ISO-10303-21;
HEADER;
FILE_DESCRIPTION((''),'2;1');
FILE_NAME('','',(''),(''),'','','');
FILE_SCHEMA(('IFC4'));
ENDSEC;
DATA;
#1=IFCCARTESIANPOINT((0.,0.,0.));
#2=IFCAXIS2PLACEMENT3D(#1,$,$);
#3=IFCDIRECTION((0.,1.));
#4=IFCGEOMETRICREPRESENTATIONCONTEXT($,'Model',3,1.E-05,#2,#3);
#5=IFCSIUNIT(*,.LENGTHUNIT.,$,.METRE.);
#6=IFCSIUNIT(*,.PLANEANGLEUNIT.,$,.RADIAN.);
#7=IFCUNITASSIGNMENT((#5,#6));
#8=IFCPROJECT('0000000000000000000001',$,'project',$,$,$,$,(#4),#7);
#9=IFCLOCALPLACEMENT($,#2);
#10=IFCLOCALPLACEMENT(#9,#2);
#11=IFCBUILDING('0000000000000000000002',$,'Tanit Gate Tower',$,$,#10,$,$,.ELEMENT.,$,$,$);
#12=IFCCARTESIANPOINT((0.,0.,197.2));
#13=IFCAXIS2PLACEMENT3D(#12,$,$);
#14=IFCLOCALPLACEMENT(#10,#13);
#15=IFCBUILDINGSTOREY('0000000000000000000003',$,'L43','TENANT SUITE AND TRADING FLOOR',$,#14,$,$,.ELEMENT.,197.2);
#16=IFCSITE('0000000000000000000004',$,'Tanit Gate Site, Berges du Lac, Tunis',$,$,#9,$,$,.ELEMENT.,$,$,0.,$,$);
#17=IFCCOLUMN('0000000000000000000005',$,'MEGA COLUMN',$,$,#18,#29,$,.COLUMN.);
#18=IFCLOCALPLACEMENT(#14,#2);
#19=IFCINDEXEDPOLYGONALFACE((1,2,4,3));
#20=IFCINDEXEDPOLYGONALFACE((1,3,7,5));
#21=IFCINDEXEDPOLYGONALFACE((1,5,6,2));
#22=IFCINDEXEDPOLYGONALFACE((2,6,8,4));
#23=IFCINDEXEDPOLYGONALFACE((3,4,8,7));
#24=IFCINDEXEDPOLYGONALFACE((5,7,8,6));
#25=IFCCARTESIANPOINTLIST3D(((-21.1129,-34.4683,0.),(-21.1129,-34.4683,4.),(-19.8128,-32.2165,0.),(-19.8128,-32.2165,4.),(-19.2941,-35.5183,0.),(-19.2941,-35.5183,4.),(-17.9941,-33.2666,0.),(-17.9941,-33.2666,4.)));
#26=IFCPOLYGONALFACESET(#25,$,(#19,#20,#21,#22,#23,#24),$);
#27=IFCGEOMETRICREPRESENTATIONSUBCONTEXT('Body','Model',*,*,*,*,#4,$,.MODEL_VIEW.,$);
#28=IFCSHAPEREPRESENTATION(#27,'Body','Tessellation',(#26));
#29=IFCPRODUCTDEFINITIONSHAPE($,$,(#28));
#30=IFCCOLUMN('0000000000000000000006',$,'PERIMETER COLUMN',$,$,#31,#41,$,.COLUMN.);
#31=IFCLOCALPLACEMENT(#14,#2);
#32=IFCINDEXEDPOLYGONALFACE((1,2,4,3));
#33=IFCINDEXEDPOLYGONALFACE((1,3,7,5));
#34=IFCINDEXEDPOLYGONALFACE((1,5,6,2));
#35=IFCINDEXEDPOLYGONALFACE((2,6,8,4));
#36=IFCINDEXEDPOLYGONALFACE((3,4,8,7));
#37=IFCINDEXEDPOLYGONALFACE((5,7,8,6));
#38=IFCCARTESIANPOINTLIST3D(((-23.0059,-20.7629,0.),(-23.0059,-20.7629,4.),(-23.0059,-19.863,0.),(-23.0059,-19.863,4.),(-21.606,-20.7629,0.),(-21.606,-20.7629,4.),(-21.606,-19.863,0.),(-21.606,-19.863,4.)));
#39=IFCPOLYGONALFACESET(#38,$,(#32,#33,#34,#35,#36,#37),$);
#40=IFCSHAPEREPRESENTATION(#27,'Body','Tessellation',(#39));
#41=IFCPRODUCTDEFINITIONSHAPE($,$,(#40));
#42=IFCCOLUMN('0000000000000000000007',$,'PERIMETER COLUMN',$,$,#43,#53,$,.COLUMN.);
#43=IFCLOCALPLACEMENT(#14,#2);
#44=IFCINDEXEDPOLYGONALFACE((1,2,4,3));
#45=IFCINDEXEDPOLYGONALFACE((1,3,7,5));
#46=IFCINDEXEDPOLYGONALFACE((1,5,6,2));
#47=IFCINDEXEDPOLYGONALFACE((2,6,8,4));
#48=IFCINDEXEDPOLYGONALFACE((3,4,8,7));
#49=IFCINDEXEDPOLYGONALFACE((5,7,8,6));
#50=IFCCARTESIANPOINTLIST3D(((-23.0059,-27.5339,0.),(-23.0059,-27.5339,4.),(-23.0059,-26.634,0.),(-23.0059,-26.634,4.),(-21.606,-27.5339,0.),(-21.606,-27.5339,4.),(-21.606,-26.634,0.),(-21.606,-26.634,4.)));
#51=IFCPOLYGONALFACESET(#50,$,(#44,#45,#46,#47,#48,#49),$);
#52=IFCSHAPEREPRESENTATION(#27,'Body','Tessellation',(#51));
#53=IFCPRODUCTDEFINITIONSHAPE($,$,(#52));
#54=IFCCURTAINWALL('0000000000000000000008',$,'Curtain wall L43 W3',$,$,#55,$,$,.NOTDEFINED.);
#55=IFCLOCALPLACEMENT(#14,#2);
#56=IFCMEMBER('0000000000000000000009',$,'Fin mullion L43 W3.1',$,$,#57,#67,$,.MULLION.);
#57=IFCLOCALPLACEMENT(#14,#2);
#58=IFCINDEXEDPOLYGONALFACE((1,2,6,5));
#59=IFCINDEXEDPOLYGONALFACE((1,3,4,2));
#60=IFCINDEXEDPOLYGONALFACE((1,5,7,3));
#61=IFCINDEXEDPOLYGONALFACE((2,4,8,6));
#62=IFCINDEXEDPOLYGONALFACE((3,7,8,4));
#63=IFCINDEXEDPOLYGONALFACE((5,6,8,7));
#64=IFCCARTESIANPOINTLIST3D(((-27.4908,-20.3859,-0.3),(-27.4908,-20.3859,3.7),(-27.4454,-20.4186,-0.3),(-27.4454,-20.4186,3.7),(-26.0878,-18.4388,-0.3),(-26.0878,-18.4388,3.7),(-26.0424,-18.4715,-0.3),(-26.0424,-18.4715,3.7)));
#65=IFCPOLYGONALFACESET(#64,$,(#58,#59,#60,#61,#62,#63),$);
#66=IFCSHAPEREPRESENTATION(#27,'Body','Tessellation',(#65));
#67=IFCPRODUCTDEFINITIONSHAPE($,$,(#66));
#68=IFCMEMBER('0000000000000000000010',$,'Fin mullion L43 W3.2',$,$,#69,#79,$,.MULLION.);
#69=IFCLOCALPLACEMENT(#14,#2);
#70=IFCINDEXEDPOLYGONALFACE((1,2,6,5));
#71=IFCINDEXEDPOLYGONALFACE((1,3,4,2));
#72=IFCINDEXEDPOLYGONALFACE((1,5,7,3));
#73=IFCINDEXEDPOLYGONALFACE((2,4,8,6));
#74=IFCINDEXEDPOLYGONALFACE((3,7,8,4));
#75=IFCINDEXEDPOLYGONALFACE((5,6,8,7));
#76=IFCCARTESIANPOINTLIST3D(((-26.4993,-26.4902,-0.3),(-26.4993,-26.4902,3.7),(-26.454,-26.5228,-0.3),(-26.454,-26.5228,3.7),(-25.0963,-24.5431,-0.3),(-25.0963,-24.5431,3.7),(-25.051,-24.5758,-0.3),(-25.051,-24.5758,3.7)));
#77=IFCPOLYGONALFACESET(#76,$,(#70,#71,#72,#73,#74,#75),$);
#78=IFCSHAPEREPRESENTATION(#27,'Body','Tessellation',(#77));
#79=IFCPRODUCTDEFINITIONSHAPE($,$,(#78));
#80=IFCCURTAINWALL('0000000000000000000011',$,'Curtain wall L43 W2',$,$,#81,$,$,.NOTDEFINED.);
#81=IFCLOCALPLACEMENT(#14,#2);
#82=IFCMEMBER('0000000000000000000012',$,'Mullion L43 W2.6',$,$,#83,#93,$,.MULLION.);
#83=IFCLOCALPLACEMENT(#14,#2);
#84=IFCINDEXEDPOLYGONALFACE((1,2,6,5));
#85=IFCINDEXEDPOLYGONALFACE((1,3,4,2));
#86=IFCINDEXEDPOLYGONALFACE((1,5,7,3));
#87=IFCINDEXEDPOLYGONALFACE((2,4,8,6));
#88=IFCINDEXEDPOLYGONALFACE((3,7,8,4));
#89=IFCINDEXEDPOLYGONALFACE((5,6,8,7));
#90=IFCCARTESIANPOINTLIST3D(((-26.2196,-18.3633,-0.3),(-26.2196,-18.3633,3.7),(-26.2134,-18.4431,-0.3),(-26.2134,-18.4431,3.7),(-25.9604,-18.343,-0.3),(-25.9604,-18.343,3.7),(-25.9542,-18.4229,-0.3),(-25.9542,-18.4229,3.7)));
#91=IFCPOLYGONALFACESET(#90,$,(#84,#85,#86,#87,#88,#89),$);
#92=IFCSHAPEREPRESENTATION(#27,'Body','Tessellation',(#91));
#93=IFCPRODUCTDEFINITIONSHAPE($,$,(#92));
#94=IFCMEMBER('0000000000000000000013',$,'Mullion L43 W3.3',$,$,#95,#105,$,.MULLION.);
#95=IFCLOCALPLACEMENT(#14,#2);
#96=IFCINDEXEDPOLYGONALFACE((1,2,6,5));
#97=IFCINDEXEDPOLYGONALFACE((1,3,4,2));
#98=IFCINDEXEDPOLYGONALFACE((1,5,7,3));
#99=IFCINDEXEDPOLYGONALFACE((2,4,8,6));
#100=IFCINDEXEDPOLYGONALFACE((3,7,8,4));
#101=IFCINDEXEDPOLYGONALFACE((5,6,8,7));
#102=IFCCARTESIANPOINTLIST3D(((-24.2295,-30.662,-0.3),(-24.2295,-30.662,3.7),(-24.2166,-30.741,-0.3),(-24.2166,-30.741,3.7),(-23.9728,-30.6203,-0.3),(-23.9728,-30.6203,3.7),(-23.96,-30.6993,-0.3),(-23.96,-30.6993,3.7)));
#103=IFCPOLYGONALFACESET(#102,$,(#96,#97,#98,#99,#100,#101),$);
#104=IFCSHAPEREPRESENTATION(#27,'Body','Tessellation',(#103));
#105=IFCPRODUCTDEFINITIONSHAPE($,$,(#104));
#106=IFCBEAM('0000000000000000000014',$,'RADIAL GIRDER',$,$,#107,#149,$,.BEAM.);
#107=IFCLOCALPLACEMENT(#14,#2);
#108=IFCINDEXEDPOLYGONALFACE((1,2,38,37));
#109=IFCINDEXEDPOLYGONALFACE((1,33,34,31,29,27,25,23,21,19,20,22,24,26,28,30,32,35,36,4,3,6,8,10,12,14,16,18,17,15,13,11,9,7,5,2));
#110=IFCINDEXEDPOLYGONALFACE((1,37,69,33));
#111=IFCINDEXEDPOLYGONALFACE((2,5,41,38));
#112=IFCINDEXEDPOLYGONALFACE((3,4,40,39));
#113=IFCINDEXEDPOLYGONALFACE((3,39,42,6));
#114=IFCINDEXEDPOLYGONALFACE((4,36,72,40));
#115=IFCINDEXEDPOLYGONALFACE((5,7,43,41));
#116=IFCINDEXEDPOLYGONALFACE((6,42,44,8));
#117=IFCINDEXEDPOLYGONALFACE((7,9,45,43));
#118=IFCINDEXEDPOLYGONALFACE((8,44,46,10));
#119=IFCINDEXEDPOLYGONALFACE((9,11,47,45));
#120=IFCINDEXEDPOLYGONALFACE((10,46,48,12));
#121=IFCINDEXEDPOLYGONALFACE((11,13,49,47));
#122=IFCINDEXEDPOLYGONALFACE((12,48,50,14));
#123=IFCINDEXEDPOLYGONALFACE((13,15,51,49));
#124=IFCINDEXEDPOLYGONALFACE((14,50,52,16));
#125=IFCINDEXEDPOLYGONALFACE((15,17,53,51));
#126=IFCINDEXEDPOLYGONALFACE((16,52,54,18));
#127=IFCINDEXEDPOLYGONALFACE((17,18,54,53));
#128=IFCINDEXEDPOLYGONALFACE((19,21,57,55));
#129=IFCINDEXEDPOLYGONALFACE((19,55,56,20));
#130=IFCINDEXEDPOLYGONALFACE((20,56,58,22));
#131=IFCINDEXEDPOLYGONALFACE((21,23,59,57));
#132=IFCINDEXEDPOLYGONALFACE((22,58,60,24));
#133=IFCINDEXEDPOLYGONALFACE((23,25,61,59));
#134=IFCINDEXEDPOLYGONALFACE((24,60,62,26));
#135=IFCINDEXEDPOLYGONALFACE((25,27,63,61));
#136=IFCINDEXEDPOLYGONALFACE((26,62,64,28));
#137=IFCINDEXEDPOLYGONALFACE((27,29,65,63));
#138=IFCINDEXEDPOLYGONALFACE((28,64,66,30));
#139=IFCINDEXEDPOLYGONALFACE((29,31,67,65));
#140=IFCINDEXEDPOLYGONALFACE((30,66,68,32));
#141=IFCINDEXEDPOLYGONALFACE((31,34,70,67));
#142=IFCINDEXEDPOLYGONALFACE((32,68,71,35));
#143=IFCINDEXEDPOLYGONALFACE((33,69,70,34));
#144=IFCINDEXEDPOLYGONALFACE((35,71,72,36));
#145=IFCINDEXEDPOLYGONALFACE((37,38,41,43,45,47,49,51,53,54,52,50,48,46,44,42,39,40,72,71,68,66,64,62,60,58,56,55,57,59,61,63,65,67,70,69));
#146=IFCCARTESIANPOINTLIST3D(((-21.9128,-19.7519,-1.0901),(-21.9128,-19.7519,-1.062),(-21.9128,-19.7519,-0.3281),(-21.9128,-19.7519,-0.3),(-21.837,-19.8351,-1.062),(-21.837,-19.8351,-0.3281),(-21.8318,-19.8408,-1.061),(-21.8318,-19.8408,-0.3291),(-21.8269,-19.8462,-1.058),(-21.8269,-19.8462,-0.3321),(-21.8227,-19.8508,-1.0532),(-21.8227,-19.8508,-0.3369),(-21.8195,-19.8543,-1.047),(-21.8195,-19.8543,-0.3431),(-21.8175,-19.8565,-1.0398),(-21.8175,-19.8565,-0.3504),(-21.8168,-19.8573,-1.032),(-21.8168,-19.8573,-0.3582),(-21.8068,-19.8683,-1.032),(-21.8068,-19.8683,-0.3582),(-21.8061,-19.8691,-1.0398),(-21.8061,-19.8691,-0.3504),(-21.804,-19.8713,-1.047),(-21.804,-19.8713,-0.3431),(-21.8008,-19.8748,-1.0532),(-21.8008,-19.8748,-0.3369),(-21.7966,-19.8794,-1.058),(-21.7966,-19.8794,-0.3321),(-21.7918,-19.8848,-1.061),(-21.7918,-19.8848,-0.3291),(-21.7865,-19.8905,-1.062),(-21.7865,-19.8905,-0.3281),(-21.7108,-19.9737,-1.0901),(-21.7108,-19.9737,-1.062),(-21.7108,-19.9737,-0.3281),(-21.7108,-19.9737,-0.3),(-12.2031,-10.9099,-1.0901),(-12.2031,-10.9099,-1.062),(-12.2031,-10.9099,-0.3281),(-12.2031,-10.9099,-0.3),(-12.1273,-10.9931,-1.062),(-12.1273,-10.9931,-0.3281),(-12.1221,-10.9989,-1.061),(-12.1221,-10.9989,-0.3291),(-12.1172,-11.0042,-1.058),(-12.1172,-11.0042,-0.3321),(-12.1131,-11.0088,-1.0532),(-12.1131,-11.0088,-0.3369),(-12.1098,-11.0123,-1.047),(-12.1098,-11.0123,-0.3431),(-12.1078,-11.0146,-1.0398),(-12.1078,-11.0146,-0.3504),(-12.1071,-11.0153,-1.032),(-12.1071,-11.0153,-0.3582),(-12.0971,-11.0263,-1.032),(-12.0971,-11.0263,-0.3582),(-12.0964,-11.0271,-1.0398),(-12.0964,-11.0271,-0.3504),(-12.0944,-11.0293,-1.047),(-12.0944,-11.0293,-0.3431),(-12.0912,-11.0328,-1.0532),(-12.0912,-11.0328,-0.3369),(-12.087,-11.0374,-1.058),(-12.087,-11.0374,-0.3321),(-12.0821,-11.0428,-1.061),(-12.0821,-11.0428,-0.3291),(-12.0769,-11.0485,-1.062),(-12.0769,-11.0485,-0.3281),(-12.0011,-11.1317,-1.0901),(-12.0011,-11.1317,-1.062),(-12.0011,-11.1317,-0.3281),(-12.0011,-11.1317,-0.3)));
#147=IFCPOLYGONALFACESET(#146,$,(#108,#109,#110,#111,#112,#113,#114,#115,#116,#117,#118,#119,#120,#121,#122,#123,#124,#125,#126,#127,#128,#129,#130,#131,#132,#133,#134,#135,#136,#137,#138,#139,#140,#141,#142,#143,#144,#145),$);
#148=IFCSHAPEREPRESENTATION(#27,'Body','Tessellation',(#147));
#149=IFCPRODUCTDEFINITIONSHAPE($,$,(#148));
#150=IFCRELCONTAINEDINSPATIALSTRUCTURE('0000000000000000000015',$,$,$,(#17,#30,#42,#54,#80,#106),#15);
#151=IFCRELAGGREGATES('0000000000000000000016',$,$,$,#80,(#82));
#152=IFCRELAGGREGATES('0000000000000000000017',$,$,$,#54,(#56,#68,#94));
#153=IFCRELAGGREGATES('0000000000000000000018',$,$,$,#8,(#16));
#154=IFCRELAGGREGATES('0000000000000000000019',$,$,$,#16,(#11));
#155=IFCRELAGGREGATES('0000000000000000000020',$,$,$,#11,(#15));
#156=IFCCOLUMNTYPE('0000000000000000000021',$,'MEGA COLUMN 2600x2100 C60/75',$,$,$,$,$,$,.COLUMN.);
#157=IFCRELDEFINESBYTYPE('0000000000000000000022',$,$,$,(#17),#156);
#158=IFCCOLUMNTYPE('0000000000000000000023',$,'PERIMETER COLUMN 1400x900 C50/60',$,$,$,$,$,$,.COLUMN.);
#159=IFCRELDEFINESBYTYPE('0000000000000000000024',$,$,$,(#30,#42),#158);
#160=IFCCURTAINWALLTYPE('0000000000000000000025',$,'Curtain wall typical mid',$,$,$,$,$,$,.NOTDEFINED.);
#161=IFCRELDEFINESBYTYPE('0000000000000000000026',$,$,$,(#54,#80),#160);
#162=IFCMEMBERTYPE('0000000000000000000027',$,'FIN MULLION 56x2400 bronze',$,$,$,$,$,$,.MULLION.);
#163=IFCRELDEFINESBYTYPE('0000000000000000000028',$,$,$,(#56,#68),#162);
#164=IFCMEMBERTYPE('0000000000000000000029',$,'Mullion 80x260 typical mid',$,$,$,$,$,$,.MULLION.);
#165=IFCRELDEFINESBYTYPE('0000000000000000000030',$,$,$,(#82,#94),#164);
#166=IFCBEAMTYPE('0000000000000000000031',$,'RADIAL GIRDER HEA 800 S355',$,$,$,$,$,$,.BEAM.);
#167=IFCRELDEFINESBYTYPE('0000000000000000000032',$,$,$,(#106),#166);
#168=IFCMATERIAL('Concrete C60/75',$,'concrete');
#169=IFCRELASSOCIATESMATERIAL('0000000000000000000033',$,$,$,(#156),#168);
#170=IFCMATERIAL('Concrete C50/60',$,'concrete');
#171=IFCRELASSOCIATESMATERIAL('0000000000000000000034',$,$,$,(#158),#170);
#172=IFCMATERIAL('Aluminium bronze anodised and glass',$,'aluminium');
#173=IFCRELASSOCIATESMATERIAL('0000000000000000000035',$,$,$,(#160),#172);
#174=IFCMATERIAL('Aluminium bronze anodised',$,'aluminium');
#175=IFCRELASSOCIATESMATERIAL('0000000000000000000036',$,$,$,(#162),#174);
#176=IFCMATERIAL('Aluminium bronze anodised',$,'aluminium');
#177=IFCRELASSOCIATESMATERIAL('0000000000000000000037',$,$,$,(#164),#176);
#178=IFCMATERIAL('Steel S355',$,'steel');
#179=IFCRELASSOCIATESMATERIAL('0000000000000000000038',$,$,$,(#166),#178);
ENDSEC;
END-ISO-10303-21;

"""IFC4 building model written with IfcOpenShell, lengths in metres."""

from ifc_helpers import new_model, si_unit, direction, frame, origin, origin_2d, place, context, subcontext, project, spatial, rectangle, i_section, extrude, material, material_profile, profile_set, type_object, element, aggregate, save


model = new_model("IFC4")

# Units and contexts
model_context = context("Model", 3, precision=1e-05, world=origin(), true_north=direction((0.0, 1.0)))
body_context = subcontext(model_context, "Body", "Model", "MODEL_VIEW")
ifc_project = project(units=[si_unit("LENGTHUNIT", "METRE"), si_unit("PLANEANGLEUNIT", "RADIAN")], contexts=[model_context])

# Site, building, storey
site_placement = place(None, origin())
site = spatial("IfcSite", under=ifc_project, at=site_placement, Name="Tanit Gate Site, Berges du Lac, Tunis", CompositionType="ELEMENT", RefElevation=0.0)
building_placement = place(site_placement, origin())
building = spatial("IfcBuilding", under=site, at=building_placement, Name="Tanit Gate Tower", CompositionType="ELEMENT")
storey_placement = place(building_placement, frame((0.0, 0.0, 197.2)))
storey = spatial("IfcBuildingStorey", under=building, at=storey_placement, Name="L43", Description="TENANT SUITE AND TRADING FLOOR", CompositionType="ELEMENT", Elevation=197.2)

# Columns
ifc_material_1 = material(Name="Concrete C60/75", Category="concrete")
ifc_material_profile_1 = material_profile(ifc_material_1, rectangle(XDim=2.6001, YDim=2.1001, at=origin_2d()), Name="RC 2600x2100")
ifc_profile_set_1 = profile_set([ifc_material_profile_1], Name="Concrete C60/75")
column_type_1 = type_object("IfcColumnType", Name="MEGA COLUMN 2600x2100 C60/75", PredefinedType="COLUMN", material=ifc_profile_set_1)
column_placement = place(storey_placement, frame((-19.5535, -33.8674, 0.0), z_axis=(0.0, 0.0, 1.0), x_axis=(-0.5, -0.866025, 0.0)))
element("IfcColumn", 1, at=column_placement, inside=storey, type_object=column_type_1, Name="MEGA COLUMN", PredefinedType="COLUMN", context=body_context, shape_type="SweptSolid", body=[
    extrude(rectangle(XDim=2.6001, YDim=2.1001, at=origin_2d()), origin(), (0.0, 0.0, 1.0), 4.0),
])
ifc_material_2 = material(Name="Concrete C50/60", Category="concrete")
ifc_material_profile_2 = material_profile(ifc_material_2, rectangle(XDim=1.3999, YDim=0.8999, at=origin_2d()), Name="RC 1400x900")
ifc_profile_set_2 = profile_set([ifc_material_profile_2], Name="Concrete C50/60")
column_type_2 = type_object("IfcColumnType", Name="PERIMETER COLUMN 1400x900 C50/60", PredefinedType="COLUMN", material=ifc_profile_set_2)
for number, where, z_axis, x_axis, name in (
    (2, (-22.3059, -20.313, 0.0), (0.0, 0.0, 1.0), (-1.0, 0.0, 0.0), "PERIMETER COLUMN"),
    (3, (-22.3059, -27.084, 0.0), (0.0, 0.0, 1.0), (-1.0, 0.0, 0.0), "PERIMETER COLUMN"),
):
    element("IfcColumn", number, at=place(storey_placement, frame(where, z_axis=z_axis, x_axis=x_axis)), inside=storey, type_object=column_type_2, Name=name, PredefinedType="COLUMN", context=body_context, shape_type="SweptSolid", body=[
        extrude(rectangle(XDim=1.3999, YDim=0.8999, at=origin_2d()), origin(), (0.0, 0.0, 1.0), 4.0),
    ])

# Curtain wall, members
ifc_material_3 = material(Name="Aluminium bronze anodised and glass", Category="aluminium")
curtain_wall_type = type_object("IfcCurtainWallType", Name="Curtain wall typical mid", PredefinedType="NOTDEFINED", material=ifc_material_3)
curtain_wall_1_placement = place(storey_placement, origin())
curtain_wall_1 = element("IfcCurtainWall", 4, at=curtain_wall_1_placement, inside=storey, type_object=curtain_wall_type, Name="Curtain wall L43 W3", PredefinedType="NOTDEFINED")
ifc_material_4 = material(Name="Aluminium bronze anodised", Category="aluminium")
ifc_material_profile_3 = material_profile(ifc_material_4, rectangle(XDim=2.3999, YDim=0.0559, at=origin_2d()), Name="56x2400 bronze fin mullion")
ifc_profile_set_3 = profile_set([ifc_material_profile_3], Name="Aluminium bronze anodised")
member_type_1 = type_object("IfcMemberType", Name="FIN MULLION 56x2400 bronze", PredefinedType="MULLION", material=ifc_profile_set_3)
member_1_placement = place(storey_placement, frame((-26.7666, -19.4287, -0.3), z_axis=(0.0, 0.0, 1.0), x_axis=(0.584614, 0.811312, 0.0)))
member_1 = element("IfcMember", 5, at=member_1_placement, type_object=member_type_1, Name="Fin mullion L43 W3.1", PredefinedType="MULLION", context=body_context, shape_type="SweptSolid", body=[
    extrude(rectangle(XDim=2.3999, YDim=0.0559, at=origin_2d()), origin(), (0.0, 0.0, 1.0), 4.0),
])
member_2_placement = place(storey_placement, frame((-25.7751, -25.533, -0.3), z_axis=(0.0, 0.0, 1.0), x_axis=(0.584614, 0.811312, 0.0)))
member_2 = element("IfcMember", 6, at=member_2_placement, type_object=member_type_1, Name="Fin mullion L43 W3.2", PredefinedType="MULLION", context=body_context, shape_type="SweptSolid", body=[
    extrude(rectangle(XDim=2.3999, YDim=0.0559, at=origin_2d()), origin(), (0.0, 0.0, 1.0), 4.0),
])

# Curtain wall, member
curtain_wall_2_placement = place(storey_placement, origin())
curtain_wall_2 = element("IfcCurtainWall", 7, at=curtain_wall_2_placement, inside=storey, type_object=curtain_wall_type, Name="Curtain wall L43 W2", PredefinedType="NOTDEFINED")
ifc_material_5 = material(Name="Aluminium bronze anodised", Category="aluminium")
ifc_material_profile_4 = material_profile(ifc_material_5, rectangle(XDim=0.26, YDim=0.0801, at=origin_2d()), Name="80x260 bronze mullion")
ifc_profile_set_4 = profile_set([ifc_material_profile_4], Name="Aluminium bronze anodised")
member_type_2 = type_object("IfcMemberType", Name="Mullion 80x260 typical mid", PredefinedType="MULLION", material=ifc_profile_set_4)
member_3_placement = place(storey_placement, frame((-26.0869, -18.3931, -0.3), z_axis=(0.0, 0.0, 1.0), x_axis=(0.996966, 0.077839, 0.0)))
member_3 = element("IfcMember", 8, at=member_3_placement, type_object=member_type_2, Name="Mullion L43 W2.6", PredefinedType="MULLION", context=body_context, shape_type="SweptSolid", body=[
    extrude(rectangle(XDim=0.26, YDim=0.0801, at=origin_2d()), origin(), (0.0, 0.0, 1.0), 4.0),
])

# Member
member_4_placement = place(storey_placement, frame((-24.0947, -30.6807, -0.3), z_axis=(0.0, 0.0, 1.0), x_axis=(0.987068, 0.1603, 0.0)))
member_4 = element("IfcMember", 9, at=member_4_placement, type_object=member_type_2, Name="Mullion L43 W3.3", PredefinedType="MULLION", context=body_context, shape_type="SweptSolid", body=[
    extrude(rectangle(XDim=0.26, YDim=0.0801, at=origin_2d()), origin(), (0.0, 0.0, 1.0), 4.0),
])

# Beam
ifc_material_6 = material(Name="Steel S355", Category="steel")
ifc_material_profile_5 = material_profile(ifc_material_6, i_section(OverallWidth=0.3, OverallDepth=0.79, WebThickness=0.0149, FlangeThickness=0.0281, FilletRadius=0.03, at=origin_2d()), Name="HEA 800")
ifc_profile_set_5 = profile_set([ifc_material_profile_5], Name="Steel S355")
beam_type_1 = type_object("IfcBeamType", Name="RADIAL GIRDER HEA 800 S355", PredefinedType="BEAM", material=ifc_profile_set_5)
beam_1_placement = place(storey_placement, frame((-21.8118, -19.8628, -0.6951), z_axis=(0.73937, 0.673299, 0.0), x_axis=(-0.673299, 0.73937, 0.0)))
element("IfcBeam", 10, at=beam_1_placement, inside=storey, type_object=beam_type_1, Name="RADIAL GIRDER", PredefinedType="BEAM", context=body_context, shape_type="SweptSolid", body=[
    extrude(i_section(OverallWidth=0.3, OverallDepth=0.79, WebThickness=0.0149, FlangeThickness=0.0281, FilletRadius=0.03, at=origin_2d()), origin(), (0.0, 0.0, 1.0), 13.1323),
])

aggregate(curtain_wall_2, [member_3])
aggregate(curtain_wall_1, [member_1, member_2, member_4])

save(model, "model.ifc")
